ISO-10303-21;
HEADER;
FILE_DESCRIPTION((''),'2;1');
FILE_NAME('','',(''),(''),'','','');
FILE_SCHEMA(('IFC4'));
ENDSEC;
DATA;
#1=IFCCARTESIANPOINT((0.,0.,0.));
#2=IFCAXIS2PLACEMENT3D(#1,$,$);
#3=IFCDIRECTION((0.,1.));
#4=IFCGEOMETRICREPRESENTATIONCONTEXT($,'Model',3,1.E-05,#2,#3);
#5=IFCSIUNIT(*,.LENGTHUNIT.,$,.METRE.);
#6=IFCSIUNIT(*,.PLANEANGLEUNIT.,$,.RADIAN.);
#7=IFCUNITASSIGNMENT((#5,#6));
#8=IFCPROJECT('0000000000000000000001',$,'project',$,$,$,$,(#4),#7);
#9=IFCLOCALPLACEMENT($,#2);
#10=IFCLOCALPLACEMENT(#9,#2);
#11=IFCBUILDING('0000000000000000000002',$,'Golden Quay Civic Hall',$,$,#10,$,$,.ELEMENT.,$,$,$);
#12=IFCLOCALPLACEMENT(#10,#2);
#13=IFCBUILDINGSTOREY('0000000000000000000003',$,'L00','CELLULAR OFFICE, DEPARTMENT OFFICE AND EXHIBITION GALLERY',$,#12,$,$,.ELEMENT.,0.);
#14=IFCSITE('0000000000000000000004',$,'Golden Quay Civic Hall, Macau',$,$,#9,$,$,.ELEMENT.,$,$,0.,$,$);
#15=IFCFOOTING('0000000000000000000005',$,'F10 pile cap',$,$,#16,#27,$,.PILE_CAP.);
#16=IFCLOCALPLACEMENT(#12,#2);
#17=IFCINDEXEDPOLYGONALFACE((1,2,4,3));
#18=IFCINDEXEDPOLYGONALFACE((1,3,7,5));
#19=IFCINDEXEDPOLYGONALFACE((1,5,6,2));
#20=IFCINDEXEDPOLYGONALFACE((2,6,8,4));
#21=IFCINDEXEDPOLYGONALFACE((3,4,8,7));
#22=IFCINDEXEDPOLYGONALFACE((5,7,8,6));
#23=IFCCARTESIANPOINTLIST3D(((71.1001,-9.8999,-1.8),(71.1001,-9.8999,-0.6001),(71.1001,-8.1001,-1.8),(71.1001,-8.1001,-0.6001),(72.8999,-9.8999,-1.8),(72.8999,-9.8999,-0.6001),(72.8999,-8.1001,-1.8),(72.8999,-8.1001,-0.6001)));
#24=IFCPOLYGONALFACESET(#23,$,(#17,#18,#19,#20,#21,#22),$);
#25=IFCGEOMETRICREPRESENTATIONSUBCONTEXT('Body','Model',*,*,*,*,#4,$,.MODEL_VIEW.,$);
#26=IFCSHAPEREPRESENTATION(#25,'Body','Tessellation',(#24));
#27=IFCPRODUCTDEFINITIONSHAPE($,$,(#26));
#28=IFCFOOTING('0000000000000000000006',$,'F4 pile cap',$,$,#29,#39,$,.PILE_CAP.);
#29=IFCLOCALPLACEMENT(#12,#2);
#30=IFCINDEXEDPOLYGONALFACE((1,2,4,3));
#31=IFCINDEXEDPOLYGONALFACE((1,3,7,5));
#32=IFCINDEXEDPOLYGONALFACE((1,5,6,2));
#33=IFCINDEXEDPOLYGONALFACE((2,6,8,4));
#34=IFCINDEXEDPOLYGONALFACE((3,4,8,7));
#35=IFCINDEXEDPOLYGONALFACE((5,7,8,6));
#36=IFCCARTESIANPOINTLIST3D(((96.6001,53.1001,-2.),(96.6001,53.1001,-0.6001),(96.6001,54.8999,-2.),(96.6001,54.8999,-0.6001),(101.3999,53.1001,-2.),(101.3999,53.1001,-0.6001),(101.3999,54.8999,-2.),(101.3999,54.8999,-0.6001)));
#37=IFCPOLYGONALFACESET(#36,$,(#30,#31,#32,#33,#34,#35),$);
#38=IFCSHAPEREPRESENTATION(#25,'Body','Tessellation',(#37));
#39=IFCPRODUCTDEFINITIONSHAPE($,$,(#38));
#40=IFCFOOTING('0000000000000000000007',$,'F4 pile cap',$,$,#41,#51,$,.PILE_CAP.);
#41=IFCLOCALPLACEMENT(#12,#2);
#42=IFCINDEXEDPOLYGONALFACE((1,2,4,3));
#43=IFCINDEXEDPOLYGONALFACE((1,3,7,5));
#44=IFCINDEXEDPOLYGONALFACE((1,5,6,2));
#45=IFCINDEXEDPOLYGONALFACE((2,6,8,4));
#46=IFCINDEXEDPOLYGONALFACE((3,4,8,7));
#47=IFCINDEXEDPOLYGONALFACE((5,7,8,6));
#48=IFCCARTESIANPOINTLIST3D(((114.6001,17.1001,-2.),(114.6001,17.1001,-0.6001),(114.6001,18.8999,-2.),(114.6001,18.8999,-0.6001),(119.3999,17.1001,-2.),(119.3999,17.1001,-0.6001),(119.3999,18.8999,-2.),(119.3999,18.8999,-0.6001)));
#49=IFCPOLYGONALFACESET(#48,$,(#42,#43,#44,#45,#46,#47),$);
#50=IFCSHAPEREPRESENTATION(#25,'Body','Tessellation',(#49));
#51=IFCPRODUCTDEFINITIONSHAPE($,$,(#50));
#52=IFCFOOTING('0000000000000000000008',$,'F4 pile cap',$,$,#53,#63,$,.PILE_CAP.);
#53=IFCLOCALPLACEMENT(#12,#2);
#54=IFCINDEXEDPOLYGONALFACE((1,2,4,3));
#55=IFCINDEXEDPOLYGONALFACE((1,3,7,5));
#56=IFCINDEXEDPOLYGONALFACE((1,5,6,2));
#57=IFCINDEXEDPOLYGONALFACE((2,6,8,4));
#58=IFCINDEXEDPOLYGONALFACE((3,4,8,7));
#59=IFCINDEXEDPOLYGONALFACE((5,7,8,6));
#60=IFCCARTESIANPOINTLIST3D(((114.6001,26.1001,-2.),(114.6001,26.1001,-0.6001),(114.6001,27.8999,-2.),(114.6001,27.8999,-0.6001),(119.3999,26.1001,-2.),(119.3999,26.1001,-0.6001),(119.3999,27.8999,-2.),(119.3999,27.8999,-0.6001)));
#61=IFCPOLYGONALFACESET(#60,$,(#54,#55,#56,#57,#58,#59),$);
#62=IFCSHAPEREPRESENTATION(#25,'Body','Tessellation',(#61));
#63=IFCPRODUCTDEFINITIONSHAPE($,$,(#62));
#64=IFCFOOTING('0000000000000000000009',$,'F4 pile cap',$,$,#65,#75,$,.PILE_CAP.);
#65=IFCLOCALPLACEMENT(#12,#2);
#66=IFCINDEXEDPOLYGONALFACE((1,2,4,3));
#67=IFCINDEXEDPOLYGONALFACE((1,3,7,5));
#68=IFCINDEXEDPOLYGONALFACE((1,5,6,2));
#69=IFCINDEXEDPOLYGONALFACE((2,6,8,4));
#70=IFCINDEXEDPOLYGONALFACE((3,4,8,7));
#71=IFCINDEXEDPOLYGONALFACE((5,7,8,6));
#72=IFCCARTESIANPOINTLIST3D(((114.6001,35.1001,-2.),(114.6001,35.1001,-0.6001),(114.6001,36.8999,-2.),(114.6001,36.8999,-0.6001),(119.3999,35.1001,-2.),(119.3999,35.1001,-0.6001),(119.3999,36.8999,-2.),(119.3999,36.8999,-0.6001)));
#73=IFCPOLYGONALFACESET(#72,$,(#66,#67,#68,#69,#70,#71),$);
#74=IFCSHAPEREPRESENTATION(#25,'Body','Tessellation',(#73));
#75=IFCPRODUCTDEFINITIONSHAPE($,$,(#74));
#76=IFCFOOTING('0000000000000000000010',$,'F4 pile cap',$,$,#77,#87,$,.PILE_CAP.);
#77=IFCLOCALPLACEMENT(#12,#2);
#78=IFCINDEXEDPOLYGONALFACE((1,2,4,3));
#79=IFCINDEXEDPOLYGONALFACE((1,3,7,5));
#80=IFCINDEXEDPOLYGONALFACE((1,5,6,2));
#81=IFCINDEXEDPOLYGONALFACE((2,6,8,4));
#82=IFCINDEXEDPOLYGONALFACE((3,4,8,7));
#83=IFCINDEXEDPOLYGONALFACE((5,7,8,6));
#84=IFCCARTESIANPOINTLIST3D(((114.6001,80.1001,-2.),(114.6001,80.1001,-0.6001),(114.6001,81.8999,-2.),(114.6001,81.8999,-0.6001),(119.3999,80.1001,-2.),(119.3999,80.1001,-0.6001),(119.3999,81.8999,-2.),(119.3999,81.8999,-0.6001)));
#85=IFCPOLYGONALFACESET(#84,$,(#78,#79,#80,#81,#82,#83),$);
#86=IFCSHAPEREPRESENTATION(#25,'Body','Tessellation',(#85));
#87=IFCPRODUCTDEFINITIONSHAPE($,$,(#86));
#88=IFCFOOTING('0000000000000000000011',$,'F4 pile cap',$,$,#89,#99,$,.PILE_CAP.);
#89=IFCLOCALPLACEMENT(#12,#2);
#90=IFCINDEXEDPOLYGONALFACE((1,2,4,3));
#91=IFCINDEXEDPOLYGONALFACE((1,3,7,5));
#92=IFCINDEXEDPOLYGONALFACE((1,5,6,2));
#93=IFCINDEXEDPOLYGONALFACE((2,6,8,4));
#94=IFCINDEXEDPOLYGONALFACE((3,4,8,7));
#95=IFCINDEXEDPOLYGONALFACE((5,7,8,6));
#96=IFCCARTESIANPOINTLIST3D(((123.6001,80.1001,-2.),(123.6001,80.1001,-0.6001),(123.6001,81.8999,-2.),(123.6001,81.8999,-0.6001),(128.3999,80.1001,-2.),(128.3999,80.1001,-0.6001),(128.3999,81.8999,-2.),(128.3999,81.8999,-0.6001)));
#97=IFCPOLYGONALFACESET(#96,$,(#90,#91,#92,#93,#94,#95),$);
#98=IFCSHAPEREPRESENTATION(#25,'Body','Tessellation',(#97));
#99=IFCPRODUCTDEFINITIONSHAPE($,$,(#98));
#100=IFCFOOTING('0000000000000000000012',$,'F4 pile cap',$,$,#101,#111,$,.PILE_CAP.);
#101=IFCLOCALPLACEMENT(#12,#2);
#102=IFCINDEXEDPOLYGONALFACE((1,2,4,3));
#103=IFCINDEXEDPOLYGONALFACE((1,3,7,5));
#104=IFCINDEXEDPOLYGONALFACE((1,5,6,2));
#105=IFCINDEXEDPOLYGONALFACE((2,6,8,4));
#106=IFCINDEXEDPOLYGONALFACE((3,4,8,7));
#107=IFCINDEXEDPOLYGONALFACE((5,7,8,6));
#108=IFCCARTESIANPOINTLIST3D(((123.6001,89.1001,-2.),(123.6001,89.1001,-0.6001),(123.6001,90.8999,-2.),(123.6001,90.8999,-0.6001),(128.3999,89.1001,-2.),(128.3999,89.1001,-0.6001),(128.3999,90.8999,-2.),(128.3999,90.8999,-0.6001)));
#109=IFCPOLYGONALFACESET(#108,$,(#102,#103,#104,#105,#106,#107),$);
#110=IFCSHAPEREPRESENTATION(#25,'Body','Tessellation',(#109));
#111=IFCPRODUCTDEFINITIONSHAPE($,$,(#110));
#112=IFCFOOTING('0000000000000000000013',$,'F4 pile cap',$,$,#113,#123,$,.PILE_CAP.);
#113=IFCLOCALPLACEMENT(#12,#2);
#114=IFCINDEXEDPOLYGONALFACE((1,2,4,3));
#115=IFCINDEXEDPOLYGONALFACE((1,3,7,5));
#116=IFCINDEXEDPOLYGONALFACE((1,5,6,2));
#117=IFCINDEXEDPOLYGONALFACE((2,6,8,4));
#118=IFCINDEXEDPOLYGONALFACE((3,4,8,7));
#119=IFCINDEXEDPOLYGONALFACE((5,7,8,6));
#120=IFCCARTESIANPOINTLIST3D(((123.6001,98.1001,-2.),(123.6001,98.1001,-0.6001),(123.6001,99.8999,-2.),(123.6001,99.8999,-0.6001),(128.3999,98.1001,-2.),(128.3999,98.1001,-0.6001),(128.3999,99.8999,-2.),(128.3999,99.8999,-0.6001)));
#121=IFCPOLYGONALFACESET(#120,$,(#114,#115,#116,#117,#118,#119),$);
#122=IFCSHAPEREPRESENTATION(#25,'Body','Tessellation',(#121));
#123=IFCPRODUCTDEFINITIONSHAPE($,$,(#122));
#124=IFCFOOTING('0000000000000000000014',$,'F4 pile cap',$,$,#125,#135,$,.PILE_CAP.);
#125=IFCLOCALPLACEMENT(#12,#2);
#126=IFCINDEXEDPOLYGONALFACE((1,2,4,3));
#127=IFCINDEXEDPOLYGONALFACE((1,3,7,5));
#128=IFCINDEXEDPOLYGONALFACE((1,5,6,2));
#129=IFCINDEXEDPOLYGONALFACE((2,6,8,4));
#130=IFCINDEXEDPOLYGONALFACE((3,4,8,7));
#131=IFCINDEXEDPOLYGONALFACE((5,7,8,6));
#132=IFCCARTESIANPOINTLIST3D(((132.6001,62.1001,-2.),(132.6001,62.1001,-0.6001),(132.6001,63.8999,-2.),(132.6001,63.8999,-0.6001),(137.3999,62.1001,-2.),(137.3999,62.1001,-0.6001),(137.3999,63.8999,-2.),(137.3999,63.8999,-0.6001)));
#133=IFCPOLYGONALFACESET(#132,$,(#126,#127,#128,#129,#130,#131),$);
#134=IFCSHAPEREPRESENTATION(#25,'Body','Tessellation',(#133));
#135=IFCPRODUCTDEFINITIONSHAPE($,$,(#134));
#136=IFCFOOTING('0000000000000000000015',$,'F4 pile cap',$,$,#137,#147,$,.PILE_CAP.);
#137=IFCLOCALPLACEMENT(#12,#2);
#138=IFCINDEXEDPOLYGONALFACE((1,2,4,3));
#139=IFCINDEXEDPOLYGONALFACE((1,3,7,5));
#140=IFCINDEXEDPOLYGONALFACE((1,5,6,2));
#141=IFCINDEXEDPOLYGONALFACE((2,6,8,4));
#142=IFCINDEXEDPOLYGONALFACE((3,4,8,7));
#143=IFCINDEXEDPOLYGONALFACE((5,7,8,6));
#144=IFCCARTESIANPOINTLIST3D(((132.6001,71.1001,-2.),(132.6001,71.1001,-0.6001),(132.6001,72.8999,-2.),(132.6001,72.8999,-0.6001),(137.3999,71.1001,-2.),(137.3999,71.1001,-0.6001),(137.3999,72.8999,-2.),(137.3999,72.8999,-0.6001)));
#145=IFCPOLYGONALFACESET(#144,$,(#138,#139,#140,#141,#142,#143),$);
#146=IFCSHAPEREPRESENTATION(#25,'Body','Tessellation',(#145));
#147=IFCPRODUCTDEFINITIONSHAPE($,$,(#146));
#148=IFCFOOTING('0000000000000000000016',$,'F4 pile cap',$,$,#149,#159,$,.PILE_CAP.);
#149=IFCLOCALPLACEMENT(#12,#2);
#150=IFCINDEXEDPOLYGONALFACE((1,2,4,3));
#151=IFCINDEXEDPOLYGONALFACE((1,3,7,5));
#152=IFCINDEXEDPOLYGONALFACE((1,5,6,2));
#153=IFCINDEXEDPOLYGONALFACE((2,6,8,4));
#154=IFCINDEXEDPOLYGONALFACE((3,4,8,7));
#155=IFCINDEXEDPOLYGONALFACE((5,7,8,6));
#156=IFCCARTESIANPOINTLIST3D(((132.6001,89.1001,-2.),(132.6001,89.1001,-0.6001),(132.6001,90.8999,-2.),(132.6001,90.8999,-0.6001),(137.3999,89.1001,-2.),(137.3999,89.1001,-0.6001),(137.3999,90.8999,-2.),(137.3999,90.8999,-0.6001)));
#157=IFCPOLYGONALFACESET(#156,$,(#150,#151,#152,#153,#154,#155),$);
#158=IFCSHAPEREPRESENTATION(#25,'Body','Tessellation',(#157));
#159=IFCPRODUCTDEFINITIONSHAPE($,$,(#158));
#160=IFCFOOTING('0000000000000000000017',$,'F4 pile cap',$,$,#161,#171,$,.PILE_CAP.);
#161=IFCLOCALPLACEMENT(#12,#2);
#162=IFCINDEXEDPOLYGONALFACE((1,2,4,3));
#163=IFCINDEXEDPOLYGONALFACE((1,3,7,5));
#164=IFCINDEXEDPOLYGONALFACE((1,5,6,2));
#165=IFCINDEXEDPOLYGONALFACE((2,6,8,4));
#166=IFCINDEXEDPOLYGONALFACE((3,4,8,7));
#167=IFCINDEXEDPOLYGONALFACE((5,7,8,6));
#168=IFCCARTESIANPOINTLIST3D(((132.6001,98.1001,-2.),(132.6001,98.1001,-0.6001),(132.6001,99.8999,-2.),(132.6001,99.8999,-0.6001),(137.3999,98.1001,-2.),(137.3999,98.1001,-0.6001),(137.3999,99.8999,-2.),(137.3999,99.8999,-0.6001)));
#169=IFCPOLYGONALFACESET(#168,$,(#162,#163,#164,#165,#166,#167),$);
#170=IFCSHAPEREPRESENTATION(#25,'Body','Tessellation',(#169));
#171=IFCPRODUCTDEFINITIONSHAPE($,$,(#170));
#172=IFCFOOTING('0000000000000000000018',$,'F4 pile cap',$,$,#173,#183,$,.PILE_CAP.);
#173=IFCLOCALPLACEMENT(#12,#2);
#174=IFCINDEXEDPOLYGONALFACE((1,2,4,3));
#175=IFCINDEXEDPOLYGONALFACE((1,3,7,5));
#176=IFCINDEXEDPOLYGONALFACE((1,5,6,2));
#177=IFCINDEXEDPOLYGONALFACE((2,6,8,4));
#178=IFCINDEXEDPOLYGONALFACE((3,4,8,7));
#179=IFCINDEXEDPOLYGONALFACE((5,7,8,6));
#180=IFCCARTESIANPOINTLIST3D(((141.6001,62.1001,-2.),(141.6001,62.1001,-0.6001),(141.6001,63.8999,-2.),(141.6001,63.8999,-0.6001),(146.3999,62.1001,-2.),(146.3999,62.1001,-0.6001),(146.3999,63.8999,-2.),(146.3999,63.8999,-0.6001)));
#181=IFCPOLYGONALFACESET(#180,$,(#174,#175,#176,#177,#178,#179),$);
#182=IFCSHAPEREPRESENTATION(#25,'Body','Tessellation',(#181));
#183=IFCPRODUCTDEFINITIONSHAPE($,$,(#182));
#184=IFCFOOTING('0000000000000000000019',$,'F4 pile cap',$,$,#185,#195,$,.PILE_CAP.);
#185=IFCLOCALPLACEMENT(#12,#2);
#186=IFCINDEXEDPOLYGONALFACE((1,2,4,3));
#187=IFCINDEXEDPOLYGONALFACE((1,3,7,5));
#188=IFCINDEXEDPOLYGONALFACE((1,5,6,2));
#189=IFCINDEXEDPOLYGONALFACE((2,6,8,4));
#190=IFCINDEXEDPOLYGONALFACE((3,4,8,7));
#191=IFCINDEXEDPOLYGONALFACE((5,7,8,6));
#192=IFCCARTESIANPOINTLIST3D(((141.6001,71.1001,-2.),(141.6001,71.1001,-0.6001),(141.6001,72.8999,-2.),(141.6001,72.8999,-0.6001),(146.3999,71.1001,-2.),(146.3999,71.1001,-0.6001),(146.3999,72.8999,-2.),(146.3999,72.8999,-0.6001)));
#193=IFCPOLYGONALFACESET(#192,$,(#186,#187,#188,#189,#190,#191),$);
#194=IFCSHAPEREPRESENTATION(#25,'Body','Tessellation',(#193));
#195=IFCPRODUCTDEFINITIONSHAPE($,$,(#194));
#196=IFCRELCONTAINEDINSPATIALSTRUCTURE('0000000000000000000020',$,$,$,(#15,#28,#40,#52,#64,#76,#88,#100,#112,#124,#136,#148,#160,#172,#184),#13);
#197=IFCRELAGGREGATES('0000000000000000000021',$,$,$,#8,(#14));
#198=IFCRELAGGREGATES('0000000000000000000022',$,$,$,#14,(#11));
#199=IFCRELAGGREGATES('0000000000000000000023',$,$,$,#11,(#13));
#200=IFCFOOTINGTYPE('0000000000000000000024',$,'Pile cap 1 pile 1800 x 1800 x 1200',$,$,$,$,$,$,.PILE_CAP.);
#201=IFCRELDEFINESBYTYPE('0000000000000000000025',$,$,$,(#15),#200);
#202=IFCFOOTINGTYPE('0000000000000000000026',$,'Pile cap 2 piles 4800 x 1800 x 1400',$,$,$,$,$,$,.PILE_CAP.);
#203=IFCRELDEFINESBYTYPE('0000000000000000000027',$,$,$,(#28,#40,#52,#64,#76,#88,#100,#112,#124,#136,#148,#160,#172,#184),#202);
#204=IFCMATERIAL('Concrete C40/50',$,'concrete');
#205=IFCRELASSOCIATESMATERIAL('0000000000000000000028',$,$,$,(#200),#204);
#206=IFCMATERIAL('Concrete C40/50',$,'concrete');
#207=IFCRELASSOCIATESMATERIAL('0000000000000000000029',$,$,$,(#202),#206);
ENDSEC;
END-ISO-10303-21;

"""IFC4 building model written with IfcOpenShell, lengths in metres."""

from ifc_helpers import new_model, si_unit, direction, frame, origin, place, context, subcontext, project, spatial, polyline, outline, extrude, material, type_object, element, save


model = new_model("IFC4")

# Units and contexts
model_context = context("Model", 3, precision=1e-05, world=origin(), true_north=direction((0.0, 1.0)))
body_context = subcontext(model_context, "Body", "Model", "MODEL_VIEW")
ifc_project = project(units=[si_unit("LENGTHUNIT", "METRE"), si_unit("PLANEANGLEUNIT", "RADIAN")], contexts=[model_context])

# Site, building, storey
site_placement = place(None, origin())
site = spatial("IfcSite", under=ifc_project, at=site_placement, Name="Golden Quay Civic Hall, Macau", CompositionType="ELEMENT", RefElevation=0.0)
building_placement = place(site_placement, origin())
building = spatial("IfcBuilding", under=site, at=building_placement, Name="Golden Quay Civic Hall", CompositionType="ELEMENT")
storey_placement = place(building_placement, origin())
storey = spatial("IfcBuildingStorey", under=building, at=storey_placement, Name="L00", Description="CELLULAR OFFICE, DEPARTMENT OFFICE AND EXHIBITION GALLERY", CompositionType="ELEMENT", Elevation=0.0)

# Footings
ifc_material_1 = material(Name="Concrete C40/50", Category="concrete")
footing_type_1 = type_object("IfcFootingType", Name="Pile cap 1 pile 1800 x 1800 x 1200", PredefinedType="PILE_CAP", material=ifc_material_1)
footing_1_placement = place(storey_placement, frame((0.0, 0.0, -1.8)))
element("IfcFooting", 1, at=footing_1_placement, inside=storey, type_object=footing_type_1, Name="F10 pile cap", PredefinedType="PILE_CAP", context=body_context, shape_type="SweptSolid", body=[
    extrude(outline(polyline([(72.8999, -9.8999), (72.8999, -8.1001), (71.1001, -8.1001), (71.1001, -9.8999), (72.8999, -9.8999)])), origin(), (0.0, 0.0, 1.0), 1.2),
])
ifc_material_2 = material(Name="Concrete C40/50", Category="concrete")
footing_type_2 = type_object("IfcFootingType", Name="Pile cap 2 piles 4800 x 1800 x 1400", PredefinedType="PILE_CAP", material=ifc_material_2)
footing_2_placement = place(storey_placement, frame((0.0, 0.0, -2.0)))
element("IfcFooting", 2, at=footing_2_placement, inside=storey, type_object=footing_type_2, Name="F4 pile cap", PredefinedType="PILE_CAP", context=body_context, shape_type="SweptSolid", body=[
    extrude(outline(polyline([(101.3999, 53.1001), (101.3999, 54.8999), (96.6001, 54.8999), (96.6001, 53.1001), (101.3999, 53.1001)])), origin(), (0.0, 0.0, 1.0), 1.3999),
])
footing_3_placement = place(storey_placement, frame((0.0, 0.0, -2.0)))
element("IfcFooting", 3, at=footing_3_placement, inside=storey, type_object=footing_type_2, Name="F4 pile cap", PredefinedType="PILE_CAP", context=body_context, shape_type="SweptSolid", body=[
    extrude(outline(polyline([(119.3999, 17.1001), (119.3999, 18.8999), (114.6001, 18.8999), (114.6001, 17.1001), (119.3999, 17.1001)])), origin(), (0.0, 0.0, 1.0), 1.3999),
])
footing_4_placement = place(storey_placement, frame((0.0, 0.0, -2.0)))
element("IfcFooting", 4, at=footing_4_placement, inside=storey, type_object=footing_type_2, Name="F4 pile cap", PredefinedType="PILE_CAP", context=body_context, shape_type="SweptSolid", body=[
    extrude(outline(polyline([(119.3999, 26.1001), (119.3999, 27.8999), (114.6001, 27.8999), (114.6001, 26.1001), (119.3999, 26.1001)])), origin(), (0.0, 0.0, 1.0), 1.3999),
])
footing_5_placement = place(storey_placement, frame((0.0, 0.0, -2.0)))
element("IfcFooting", 5, at=footing_5_placement, inside=storey, type_object=footing_type_2, Name="F4 pile cap", PredefinedType="PILE_CAP", context=body_context, shape_type="SweptSolid", body=[
    extrude(outline(polyline([(119.3999, 35.1001), (119.3999, 36.8999), (114.6001, 36.8999), (114.6001, 35.1001), (119.3999, 35.1001)])), origin(), (0.0, 0.0, 1.0), 1.3999),
])
footing_6_placement = place(storey_placement, frame((0.0, 0.0, -2.0)))
element("IfcFooting", 6, at=footing_6_placement, inside=storey, type_object=footing_type_2, Name="F4 pile cap", PredefinedType="PILE_CAP", context=body_context, shape_type="SweptSolid", body=[
    extrude(outline(polyline([(119.3999, 80.1001), (119.3999, 81.8999), (114.6001, 81.8999), (114.6001, 80.1001), (119.3999, 80.1001)])), origin(), (0.0, 0.0, 1.0), 1.3999),
])
footing_7_placement = place(storey_placement, frame((0.0, 0.0, -2.0)))
element("IfcFooting", 7, at=footing_7_placement, inside=storey, type_object=footing_type_2, Name="F4 pile cap", PredefinedType="PILE_CAP", context=body_context, shape_type="SweptSolid", body=[
    extrude(outline(polyline([(128.3999, 80.1001), (128.3999, 81.8999), (123.6001, 81.8999), (123.6001, 80.1001), (128.3999, 80.1001)])), origin(), (0.0, 0.0, 1.0), 1.3999),
])
footing_8_placement = place(storey_placement, frame((0.0, 0.0, -2.0)))
element("IfcFooting", 8, at=footing_8_placement, inside=storey, type_object=footing_type_2, Name="F4 pile cap", PredefinedType="PILE_CAP", context=body_context, shape_type="SweptSolid", body=[
    extrude(outline(polyline([(128.3999, 89.1001), (128.3999, 90.8999), (123.6001, 90.8999), (123.6001, 89.1001), (128.3999, 89.1001)])), origin(), (0.0, 0.0, 1.0), 1.3999),
])
footing_9_placement = place(storey_placement, frame((0.0, 0.0, -2.0)))
element("IfcFooting", 9, at=footing_9_placement, inside=storey, type_object=footing_type_2, Name="F4 pile cap", PredefinedType="PILE_CAP", context=body_context, shape_type="SweptSolid", body=[
    extrude(outline(polyline([(128.3999, 98.1001), (128.3999, 99.8999), (123.6001, 99.8999), (123.6001, 98.1001), (128.3999, 98.1001)])), origin(), (0.0, 0.0, 1.0), 1.3999),
])
footing_10_placement = place(storey_placement, frame((0.0, 0.0, -2.0)))
element("IfcFooting", 10, at=footing_10_placement, inside=storey, type_object=footing_type_2, Name="F4 pile cap", PredefinedType="PILE_CAP", context=body_context, shape_type="SweptSolid", body=[
    extrude(outline(polyline([(137.3999, 62.1001), (137.3999, 63.8999), (132.6001, 63.8999), (132.6001, 62.1001), (137.3999, 62.1001)])), origin(), (0.0, 0.0, 1.0), 1.3999),
])
footing_11_placement = place(storey_placement, frame((0.0, 0.0, -2.0)))
element("IfcFooting", 11, at=footing_11_placement, inside=storey, type_object=footing_type_2, Name="F4 pile cap", PredefinedType="PILE_CAP", context=body_context, shape_type="SweptSolid", body=[
    extrude(outline(polyline([(137.3999, 71.1001), (137.3999, 72.8999), (132.6001, 72.8999), (132.6001, 71.1001), (137.3999, 71.1001)])), origin(), (0.0, 0.0, 1.0), 1.3999),
])
footing_12_placement = place(storey_placement, frame((0.0, 0.0, -2.0)))
element("IfcFooting", 12, at=footing_12_placement, inside=storey, type_object=footing_type_2, Name="F4 pile cap", PredefinedType="PILE_CAP", context=body_context, shape_type="SweptSolid", body=[
    extrude(outline(polyline([(137.3999, 89.1001), (137.3999, 90.8999), (132.6001, 90.8999), (132.6001, 89.1001), (137.3999, 89.1001)])), origin(), (0.0, 0.0, 1.0), 1.3999),
])
footing_13_placement = place(storey_placement, frame((0.0, 0.0, -2.0)))
element("IfcFooting", 13, at=footing_13_placement, inside=storey, type_object=footing_type_2, Name="F4 pile cap", PredefinedType="PILE_CAP", context=body_context, shape_type="SweptSolid", body=[
    extrude(outline(polyline([(137.3999, 98.1001), (137.3999, 99.8999), (132.6001, 99.8999), (132.6001, 98.1001), (137.3999, 98.1001)])), origin(), (0.0, 0.0, 1.0), 1.3999),
])
footing_14_placement = place(storey_placement, frame((0.0, 0.0, -2.0)))
element("IfcFooting", 14, at=footing_14_placement, inside=storey, type_object=footing_type_2, Name="F4 pile cap", PredefinedType="PILE_CAP", context=body_context, shape_type="SweptSolid", body=[
    extrude(outline(polyline([(146.3999, 62.1001), (146.3999, 63.8999), (141.6001, 63.8999), (141.6001, 62.1001), (146.3999, 62.1001)])), origin(), (0.0, 0.0, 1.0), 1.3999),
])
footing_15_placement = place(storey_placement, frame((0.0, 0.0, -2.0)))
element("IfcFooting", 15, at=footing_15_placement, inside=storey, type_object=footing_type_2, Name="F4 pile cap", PredefinedType="PILE_CAP", context=body_context, shape_type="SweptSolid", body=[
    extrude(outline(polyline([(146.3999, 71.1001), (146.3999, 72.8999), (141.6001, 72.8999), (141.6001, 71.1001), (146.3999, 71.1001)])), origin(), (0.0, 0.0, 1.0), 1.3999),
])

save(model, "model.ifc")
